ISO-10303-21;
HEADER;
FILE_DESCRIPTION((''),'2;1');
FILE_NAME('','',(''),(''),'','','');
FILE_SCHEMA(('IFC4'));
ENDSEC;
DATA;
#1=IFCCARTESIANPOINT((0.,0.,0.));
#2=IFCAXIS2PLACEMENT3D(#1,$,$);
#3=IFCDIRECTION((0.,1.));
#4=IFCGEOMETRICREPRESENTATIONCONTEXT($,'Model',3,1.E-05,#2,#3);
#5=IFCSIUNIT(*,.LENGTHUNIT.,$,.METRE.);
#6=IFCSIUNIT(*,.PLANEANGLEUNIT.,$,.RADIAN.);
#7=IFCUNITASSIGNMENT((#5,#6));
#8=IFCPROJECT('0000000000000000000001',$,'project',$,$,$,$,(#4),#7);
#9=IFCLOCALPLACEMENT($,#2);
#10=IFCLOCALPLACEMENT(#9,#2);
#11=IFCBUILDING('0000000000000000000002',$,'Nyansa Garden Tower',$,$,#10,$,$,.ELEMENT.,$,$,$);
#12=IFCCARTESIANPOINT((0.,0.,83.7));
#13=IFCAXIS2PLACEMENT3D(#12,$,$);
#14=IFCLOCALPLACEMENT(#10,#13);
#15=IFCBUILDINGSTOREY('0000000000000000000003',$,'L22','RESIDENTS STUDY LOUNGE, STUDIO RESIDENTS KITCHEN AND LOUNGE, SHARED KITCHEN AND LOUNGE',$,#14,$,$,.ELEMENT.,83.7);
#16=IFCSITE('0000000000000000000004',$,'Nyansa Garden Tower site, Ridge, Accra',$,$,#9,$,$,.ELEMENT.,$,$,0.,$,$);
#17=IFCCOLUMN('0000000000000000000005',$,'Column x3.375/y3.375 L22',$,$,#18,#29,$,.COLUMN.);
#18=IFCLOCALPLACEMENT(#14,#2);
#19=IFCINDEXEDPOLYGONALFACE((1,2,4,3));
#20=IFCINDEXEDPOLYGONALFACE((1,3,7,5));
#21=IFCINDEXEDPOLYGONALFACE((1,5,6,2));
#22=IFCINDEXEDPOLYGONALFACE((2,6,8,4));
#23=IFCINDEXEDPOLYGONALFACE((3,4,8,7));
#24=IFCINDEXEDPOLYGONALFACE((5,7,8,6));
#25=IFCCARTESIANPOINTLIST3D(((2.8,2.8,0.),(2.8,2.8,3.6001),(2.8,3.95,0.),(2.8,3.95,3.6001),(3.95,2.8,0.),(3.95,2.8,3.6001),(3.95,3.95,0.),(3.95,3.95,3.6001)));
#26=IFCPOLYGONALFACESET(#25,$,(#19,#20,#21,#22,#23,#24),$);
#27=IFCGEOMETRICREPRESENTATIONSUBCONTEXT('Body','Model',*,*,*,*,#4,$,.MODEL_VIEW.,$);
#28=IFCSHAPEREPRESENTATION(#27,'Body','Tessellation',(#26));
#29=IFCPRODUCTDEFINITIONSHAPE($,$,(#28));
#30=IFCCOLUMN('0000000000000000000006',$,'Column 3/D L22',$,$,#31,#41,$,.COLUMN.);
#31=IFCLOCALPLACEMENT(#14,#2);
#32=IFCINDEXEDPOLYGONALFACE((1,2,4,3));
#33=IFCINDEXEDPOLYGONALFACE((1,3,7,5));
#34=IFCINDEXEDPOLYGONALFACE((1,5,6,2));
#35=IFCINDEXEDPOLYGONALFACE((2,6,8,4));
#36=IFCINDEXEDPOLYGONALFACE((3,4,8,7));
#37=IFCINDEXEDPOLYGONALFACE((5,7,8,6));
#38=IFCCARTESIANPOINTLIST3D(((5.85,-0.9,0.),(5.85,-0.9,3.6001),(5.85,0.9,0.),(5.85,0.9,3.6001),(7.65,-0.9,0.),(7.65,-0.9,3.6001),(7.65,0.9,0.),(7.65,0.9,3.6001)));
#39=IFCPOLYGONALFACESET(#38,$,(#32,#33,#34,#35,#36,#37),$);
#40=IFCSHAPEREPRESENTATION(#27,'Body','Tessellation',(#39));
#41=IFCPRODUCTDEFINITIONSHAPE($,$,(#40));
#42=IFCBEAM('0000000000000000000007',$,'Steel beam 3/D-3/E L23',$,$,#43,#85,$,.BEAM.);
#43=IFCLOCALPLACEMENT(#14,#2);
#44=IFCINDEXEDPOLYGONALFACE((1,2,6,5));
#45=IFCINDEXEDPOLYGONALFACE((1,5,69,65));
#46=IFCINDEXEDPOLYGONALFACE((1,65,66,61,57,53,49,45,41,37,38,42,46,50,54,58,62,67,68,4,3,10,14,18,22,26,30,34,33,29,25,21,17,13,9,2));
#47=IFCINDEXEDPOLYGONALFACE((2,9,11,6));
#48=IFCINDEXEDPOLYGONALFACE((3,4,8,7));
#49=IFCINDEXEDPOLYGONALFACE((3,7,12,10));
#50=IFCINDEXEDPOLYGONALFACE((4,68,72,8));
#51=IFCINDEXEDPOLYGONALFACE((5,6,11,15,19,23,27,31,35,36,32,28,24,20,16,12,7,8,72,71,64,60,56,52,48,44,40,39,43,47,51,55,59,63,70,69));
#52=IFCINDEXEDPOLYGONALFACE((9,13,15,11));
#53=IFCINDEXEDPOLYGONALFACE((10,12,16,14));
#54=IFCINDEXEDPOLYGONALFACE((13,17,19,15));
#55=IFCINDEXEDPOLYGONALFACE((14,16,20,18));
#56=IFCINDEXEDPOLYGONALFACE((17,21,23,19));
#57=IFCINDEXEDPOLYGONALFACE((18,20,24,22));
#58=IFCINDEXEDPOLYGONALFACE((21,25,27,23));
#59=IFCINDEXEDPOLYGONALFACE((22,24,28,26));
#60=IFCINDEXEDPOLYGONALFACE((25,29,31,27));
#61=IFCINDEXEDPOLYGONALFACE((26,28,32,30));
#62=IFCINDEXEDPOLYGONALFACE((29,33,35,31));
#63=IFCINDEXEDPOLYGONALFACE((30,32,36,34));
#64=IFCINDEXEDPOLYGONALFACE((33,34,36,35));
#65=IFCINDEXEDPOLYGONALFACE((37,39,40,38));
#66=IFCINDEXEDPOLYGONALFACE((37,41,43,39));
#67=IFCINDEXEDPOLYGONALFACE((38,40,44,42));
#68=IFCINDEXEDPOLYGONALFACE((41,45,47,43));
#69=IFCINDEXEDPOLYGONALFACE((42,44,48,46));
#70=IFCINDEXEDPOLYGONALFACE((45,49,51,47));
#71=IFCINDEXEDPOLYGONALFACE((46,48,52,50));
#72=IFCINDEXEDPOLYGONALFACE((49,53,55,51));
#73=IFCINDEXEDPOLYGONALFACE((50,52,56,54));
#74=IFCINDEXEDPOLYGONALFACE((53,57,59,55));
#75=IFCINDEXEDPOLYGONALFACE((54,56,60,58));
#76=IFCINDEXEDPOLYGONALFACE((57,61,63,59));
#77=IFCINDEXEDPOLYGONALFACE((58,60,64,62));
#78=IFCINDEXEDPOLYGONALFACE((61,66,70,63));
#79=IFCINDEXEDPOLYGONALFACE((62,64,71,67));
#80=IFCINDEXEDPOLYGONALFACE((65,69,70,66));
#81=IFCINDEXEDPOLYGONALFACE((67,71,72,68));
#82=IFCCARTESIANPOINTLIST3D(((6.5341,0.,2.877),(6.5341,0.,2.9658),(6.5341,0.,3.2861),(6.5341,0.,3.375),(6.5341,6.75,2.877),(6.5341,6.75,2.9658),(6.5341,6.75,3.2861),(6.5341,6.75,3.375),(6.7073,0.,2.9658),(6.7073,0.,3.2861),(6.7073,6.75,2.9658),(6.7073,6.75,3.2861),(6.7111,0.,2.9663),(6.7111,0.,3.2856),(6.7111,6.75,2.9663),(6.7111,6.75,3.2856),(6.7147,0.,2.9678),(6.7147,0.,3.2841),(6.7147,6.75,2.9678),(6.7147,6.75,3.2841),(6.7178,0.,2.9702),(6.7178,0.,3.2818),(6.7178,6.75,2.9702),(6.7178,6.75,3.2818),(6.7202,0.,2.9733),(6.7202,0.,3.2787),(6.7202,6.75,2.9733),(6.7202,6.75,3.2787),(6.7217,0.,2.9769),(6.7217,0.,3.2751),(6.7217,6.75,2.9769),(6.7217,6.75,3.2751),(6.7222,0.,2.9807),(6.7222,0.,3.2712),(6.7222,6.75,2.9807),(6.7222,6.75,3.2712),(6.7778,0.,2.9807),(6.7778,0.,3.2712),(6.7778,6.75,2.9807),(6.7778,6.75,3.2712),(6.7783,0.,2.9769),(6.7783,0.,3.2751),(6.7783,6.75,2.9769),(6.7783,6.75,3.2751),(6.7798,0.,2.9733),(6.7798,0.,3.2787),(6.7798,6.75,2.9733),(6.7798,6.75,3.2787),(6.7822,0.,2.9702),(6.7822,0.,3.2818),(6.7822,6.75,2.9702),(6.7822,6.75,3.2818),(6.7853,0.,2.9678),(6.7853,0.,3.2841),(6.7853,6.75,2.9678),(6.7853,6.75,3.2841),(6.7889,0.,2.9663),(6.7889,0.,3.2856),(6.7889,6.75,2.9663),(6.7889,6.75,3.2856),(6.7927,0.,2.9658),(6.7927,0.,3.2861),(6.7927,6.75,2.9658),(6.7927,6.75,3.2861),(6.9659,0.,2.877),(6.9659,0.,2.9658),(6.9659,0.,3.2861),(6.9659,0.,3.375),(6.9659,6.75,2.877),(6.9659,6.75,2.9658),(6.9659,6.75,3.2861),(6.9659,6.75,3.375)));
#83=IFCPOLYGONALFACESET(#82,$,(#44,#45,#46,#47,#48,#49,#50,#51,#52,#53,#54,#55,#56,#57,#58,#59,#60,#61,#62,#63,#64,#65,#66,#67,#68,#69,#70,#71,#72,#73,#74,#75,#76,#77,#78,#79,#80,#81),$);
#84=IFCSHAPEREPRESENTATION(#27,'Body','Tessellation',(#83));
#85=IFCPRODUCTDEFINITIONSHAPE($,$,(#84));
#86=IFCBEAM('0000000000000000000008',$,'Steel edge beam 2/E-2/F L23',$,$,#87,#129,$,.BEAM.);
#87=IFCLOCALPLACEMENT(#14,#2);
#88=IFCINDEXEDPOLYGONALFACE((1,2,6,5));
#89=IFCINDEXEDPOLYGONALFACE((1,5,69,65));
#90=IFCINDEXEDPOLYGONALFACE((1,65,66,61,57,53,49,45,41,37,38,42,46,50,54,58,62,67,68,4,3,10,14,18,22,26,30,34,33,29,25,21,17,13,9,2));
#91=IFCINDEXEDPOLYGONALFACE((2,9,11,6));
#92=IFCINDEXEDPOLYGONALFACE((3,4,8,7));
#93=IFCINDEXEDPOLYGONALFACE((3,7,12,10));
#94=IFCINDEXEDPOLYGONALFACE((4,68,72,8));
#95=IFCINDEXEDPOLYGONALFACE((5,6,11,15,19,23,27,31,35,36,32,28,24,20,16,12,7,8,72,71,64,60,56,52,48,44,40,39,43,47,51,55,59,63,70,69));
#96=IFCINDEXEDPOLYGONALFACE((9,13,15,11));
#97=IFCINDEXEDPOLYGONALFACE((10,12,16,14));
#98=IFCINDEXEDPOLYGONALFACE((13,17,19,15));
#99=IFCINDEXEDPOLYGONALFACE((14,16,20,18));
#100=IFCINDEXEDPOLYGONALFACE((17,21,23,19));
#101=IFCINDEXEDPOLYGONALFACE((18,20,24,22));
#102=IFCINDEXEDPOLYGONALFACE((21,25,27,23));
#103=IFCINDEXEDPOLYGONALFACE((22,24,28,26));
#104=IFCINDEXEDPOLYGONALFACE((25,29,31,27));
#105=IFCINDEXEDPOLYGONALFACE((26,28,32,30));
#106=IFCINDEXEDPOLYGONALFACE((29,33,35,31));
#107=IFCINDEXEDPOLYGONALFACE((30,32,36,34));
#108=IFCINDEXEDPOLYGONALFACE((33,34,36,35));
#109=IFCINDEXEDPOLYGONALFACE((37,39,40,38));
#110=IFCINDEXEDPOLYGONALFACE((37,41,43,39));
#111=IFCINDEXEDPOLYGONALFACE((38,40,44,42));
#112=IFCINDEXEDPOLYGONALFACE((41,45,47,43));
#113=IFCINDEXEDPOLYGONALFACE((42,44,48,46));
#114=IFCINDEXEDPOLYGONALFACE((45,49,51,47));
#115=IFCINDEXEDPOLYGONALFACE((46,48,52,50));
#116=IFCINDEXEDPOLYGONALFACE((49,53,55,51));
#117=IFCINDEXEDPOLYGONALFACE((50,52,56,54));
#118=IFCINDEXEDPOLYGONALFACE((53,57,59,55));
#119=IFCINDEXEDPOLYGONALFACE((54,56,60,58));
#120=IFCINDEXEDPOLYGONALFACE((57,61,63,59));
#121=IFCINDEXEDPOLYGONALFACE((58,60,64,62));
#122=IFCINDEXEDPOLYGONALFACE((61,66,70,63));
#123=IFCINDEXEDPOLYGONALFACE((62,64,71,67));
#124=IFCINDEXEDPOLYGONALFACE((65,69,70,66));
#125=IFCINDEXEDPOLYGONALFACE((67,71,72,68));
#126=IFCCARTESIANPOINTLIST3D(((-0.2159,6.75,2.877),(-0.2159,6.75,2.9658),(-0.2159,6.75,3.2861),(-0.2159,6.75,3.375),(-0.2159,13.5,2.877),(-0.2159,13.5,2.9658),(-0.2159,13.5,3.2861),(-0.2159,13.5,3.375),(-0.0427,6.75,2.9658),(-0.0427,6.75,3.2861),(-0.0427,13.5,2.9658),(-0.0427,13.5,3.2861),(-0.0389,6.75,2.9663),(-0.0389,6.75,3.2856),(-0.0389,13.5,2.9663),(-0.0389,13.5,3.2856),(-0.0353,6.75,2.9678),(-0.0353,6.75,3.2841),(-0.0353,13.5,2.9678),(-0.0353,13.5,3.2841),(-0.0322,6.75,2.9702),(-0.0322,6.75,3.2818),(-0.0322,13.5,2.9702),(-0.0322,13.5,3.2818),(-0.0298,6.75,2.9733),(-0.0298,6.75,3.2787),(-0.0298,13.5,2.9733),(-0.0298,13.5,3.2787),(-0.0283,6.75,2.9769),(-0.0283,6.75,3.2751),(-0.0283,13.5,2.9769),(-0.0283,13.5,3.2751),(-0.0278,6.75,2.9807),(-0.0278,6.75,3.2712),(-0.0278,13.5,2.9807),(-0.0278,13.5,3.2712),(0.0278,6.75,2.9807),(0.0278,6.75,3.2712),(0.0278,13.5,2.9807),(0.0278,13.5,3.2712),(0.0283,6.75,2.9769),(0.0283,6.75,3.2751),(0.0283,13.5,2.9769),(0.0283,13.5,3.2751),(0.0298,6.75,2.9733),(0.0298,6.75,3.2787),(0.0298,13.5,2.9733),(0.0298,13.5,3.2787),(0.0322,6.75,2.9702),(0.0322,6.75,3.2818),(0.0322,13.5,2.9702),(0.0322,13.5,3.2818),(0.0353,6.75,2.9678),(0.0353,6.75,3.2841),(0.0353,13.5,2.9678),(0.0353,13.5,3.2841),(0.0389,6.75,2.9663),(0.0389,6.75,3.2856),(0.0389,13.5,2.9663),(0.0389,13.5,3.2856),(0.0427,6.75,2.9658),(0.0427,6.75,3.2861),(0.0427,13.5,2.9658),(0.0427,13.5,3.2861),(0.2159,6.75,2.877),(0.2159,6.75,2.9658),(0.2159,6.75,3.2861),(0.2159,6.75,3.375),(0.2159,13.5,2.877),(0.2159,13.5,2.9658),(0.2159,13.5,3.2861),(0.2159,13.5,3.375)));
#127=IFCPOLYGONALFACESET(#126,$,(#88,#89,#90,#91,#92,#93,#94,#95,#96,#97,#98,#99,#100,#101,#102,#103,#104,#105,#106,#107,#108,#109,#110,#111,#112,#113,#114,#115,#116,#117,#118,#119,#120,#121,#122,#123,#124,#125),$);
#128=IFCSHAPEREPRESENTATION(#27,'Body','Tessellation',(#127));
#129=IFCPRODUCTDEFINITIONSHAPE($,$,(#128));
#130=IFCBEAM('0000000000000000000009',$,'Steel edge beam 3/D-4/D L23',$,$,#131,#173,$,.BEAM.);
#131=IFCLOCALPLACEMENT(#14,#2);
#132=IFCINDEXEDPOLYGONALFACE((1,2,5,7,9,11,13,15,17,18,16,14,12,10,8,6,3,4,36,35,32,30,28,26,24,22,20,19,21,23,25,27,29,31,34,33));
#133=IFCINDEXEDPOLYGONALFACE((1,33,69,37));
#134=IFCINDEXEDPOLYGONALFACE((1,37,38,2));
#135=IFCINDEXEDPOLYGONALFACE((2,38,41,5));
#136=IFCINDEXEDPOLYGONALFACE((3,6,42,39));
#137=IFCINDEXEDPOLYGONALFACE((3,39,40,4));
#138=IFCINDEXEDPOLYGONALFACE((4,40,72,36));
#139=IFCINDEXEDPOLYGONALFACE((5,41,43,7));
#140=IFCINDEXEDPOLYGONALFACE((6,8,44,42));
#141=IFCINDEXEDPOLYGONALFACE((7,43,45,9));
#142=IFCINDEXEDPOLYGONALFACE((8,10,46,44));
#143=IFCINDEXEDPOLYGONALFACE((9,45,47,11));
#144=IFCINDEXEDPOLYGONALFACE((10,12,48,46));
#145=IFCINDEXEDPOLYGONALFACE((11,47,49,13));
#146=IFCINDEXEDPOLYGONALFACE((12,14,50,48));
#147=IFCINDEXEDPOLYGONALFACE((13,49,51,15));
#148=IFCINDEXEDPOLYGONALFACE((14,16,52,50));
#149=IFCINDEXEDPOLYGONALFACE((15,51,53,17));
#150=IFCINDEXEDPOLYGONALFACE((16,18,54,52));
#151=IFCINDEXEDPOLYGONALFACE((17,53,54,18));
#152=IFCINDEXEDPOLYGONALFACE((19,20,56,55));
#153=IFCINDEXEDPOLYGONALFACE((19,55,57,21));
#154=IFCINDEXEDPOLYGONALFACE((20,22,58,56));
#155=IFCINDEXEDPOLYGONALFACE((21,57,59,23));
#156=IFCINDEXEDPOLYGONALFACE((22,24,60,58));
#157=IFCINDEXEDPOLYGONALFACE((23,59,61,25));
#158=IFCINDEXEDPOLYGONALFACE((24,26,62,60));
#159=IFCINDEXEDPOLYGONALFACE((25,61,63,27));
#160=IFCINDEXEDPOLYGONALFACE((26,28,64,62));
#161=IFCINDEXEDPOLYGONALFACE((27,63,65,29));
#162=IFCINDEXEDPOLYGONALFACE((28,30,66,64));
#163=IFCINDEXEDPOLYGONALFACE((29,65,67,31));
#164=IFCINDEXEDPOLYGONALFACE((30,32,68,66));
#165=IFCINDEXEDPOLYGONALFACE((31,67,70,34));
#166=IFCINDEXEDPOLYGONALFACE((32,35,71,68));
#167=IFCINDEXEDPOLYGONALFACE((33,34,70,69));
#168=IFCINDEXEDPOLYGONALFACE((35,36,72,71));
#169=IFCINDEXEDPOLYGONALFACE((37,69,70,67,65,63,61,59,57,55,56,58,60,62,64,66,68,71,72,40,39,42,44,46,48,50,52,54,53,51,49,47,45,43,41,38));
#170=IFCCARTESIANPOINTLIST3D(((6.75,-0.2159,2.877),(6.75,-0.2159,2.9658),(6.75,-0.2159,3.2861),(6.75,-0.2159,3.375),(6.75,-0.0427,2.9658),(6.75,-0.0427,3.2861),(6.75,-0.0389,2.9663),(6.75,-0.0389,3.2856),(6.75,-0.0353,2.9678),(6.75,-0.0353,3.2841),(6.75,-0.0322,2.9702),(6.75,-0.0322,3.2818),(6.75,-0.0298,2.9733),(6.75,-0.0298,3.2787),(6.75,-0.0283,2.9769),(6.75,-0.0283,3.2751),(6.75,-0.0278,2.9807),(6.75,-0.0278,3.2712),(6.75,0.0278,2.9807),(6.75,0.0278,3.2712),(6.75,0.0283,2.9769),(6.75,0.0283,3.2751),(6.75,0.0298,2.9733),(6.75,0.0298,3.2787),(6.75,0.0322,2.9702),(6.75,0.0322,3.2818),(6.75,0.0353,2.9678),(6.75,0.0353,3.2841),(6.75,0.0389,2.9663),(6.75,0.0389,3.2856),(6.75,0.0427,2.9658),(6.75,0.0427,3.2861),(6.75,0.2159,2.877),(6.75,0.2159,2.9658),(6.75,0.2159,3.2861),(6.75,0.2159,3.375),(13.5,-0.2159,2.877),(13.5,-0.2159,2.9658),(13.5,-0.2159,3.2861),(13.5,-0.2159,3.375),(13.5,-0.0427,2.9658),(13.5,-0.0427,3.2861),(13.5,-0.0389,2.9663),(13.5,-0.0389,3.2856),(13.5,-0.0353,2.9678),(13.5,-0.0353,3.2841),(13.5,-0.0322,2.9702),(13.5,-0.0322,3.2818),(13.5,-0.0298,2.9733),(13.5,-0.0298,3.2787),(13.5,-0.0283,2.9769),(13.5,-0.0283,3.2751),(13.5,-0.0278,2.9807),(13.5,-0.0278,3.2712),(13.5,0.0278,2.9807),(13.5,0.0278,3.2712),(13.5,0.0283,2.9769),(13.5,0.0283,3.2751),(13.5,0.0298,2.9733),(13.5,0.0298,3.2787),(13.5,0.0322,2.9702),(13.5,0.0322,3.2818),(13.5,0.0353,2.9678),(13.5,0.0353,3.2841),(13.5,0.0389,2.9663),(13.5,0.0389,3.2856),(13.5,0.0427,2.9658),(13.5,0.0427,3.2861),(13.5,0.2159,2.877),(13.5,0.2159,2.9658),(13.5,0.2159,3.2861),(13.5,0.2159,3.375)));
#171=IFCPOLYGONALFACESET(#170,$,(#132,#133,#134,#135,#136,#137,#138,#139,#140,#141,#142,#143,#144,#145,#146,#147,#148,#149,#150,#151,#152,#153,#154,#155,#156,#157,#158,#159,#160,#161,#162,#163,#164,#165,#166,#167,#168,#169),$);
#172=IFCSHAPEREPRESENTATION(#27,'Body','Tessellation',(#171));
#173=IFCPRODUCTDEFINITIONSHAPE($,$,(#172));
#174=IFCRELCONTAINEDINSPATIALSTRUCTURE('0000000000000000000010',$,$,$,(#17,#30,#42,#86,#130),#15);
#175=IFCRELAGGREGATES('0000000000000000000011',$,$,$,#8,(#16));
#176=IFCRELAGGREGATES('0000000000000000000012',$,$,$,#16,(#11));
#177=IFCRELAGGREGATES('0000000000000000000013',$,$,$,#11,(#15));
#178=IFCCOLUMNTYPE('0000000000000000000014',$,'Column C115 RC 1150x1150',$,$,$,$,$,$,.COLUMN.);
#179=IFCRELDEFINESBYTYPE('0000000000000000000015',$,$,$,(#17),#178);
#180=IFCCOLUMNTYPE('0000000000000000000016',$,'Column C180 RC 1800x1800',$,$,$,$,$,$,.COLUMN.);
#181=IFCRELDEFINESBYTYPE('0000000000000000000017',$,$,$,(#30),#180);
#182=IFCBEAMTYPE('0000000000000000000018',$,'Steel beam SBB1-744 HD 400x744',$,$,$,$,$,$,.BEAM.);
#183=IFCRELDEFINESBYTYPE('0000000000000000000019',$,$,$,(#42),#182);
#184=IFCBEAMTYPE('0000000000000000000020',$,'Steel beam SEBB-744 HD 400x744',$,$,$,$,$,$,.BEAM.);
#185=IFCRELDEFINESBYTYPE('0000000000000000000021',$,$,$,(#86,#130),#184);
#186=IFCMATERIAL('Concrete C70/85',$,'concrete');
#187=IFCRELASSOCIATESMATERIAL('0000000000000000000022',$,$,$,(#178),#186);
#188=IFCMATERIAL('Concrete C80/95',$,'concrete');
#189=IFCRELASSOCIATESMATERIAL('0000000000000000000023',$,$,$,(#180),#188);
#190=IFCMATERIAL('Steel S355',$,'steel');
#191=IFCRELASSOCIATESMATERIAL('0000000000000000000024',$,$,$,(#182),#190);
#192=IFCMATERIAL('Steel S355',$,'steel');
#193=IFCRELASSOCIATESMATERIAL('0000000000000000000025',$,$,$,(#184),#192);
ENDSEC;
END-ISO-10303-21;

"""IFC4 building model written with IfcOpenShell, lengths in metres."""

from ifc_helpers import new_model, si_unit, direction, frame, origin, origin_2d, place, context, subcontext, project, spatial, rectangle, i_section, extrude, material, material_profile, profile_set, type_object, element, save


model = new_model("IFC4")

# Units and contexts
model_context = context("Model", 3, precision=1e-05, world=origin(), true_north=direction((0.0, 1.0)))
body_context = subcontext(model_context, "Body", "Model", "MODEL_VIEW")
ifc_project = project(units=[si_unit("LENGTHUNIT", "METRE"), si_unit("PLANEANGLEUNIT", "RADIAN")], contexts=[model_context])

# Site, building, storey
site_placement = place(None, origin())
site = spatial("IfcSite", under=ifc_project, at=site_placement, Name="Nyansa Garden Tower site, Ridge, Accra", CompositionType="ELEMENT", RefElevation=0.0)
building_placement = place(site_placement, origin())
building = spatial("IfcBuilding", under=site, at=building_placement, Name="Nyansa Garden Tower", CompositionType="ELEMENT")
storey_placement = place(building_placement, frame((0.0, 0.0, 83.7)))
storey = spatial("IfcBuildingStorey", under=building, at=storey_placement, Name="L22", Description="RESIDENTS STUDY LOUNGE, STUDIO RESIDENTS KITCHEN AND LOUNGE, SHARED KITCHEN AND LOUNGE", CompositionType="ELEMENT", Elevation=83.7)

# Columns
ifc_material_1 = material(Name="Concrete C70/85", Category="concrete")
ifc_material_profile_1 = material_profile(ifc_material_1, rectangle(XDim=1.1499, YDim=1.1499, at=origin_2d()), Name="RC 1150x1150")
ifc_profile_set_1 = profile_set([ifc_material_profile_1], Name="Concrete C70/85")
column_type_1 = type_object("IfcColumnType", Name="Column C115 RC 1150x1150", PredefinedType="COLUMN", material=ifc_profile_set_1)
column_1_placement = place(storey_placement, frame((3.375, 3.375, 0.0), z_axis=(0.0, 0.0, 1.0), x_axis=(1.0, 0.0, 0.0)))
element("IfcColumn", 1, at=column_1_placement, inside=storey, type_object=column_type_1, Name="Column x3.375/y3.375 L22", PredefinedType="COLUMN", context=body_context, shape_type="SweptSolid", body=[
    extrude(rectangle(XDim=1.1499, YDim=1.1499, at=origin_2d()), origin(), (0.0, 0.0, 1.0), 3.6001),
])
ifc_material_2 = material(Name="Concrete C80/95", Category="concrete")
ifc_material_profile_2 = material_profile(ifc_material_2, rectangle(XDim=1.8, YDim=1.8, at=origin_2d()), Name="RC 1800x1800")
ifc_profile_set_2 = profile_set([ifc_material_profile_2], Name="Concrete C80/95")
column_type_2 = type_object("IfcColumnType", Name="Column C180 RC 1800x1800", PredefinedType="COLUMN", material=ifc_profile_set_2)
column_2_placement = place(storey_placement, frame((6.75, 0.0, 0.0), z_axis=(0.0, 0.0, 1.0), x_axis=(1.0, 0.0, 0.0)))
element("IfcColumn", 2, at=column_2_placement, inside=storey, type_object=column_type_2, Name="Column 3/D L22", PredefinedType="COLUMN", context=body_context, shape_type="SweptSolid", body=[
    extrude(rectangle(XDim=1.8, YDim=1.8, at=origin_2d()), origin(), (0.0, 0.0, 1.0), 3.6001),
])

# Beams
ifc_material_3 = material(Name="Steel S355", Category="steel")
ifc_material_profile_3 = material_profile(ifc_material_3, i_section(OverallWidth=0.4319, OverallDepth=0.498, WebThickness=0.0557, FlangeThickness=0.0889, FilletRadius=0.0149, at=origin_2d()), Name="HD 400x744")
ifc_profile_set_3 = profile_set([ifc_material_profile_3], Name="Steel S355")
beam_type_1 = type_object("IfcBeamType", Name="Steel beam SBB1-744 HD 400x744", PredefinedType="BEAM", material=ifc_profile_set_3)
beam_placement = place(storey_placement, frame((6.75, 0.0, 3.126), z_axis=(0.0, 1.0, 0.0), x_axis=(-1.0, 0.0, 0.0)))
element("IfcBeam", 3, at=beam_placement, inside=storey, type_object=beam_type_1, Name="Steel beam 3/D-3/E L23", PredefinedType="BEAM", context=body_context, shape_type="SweptSolid", body=[
    extrude(i_section(OverallWidth=0.4319, OverallDepth=0.498, WebThickness=0.0557, FlangeThickness=0.0889, FilletRadius=0.0149, at=origin_2d()), origin(), (0.0, 0.0, 1.0), 6.75),
])
ifc_material_4 = material(Name="Steel S355", Category="steel")
ifc_material_profile_4 = material_profile(ifc_material_4, i_section(OverallWidth=0.4319, OverallDepth=0.498, WebThickness=0.0557, FlangeThickness=0.0889, FilletRadius=0.0149, at=origin_2d()), Name="HD 400x744")
ifc_profile_set_4 = profile_set([ifc_material_profile_4], Name="Steel S355")
beam_type_2 = type_object("IfcBeamType", Name="Steel beam SEBB-744 HD 400x744", PredefinedType="BEAM", material=ifc_profile_set_4)
for number, where, z_axis, x_axis, name in (
    (4, (0.0, 6.75, 3.126), (0.0, 1.0, 0.0), (-1.0, 0.0, 0.0), "Steel edge beam 2/E-2/F L23"),
    (5, (6.75, 0.0, 3.126), (1.0, 0.0, 0.0), (0.0, 1.0, 0.0), "Steel edge beam 3/D-4/D L23"),
):
    element("IfcBeam", number, at=place(storey_placement, frame(where, z_axis=z_axis, x_axis=x_axis)), inside=storey, type_object=beam_type_2, Name=name, PredefinedType="BEAM", context=body_context, shape_type="SweptSolid", body=[
        extrude(i_section(OverallWidth=0.4319, OverallDepth=0.498, WebThickness=0.0557, FlangeThickness=0.0889, FilletRadius=0.0149, at=origin_2d()), origin(), (0.0, 0.0, 1.0), 6.75),
    ])

save(model, "model.ifc")
